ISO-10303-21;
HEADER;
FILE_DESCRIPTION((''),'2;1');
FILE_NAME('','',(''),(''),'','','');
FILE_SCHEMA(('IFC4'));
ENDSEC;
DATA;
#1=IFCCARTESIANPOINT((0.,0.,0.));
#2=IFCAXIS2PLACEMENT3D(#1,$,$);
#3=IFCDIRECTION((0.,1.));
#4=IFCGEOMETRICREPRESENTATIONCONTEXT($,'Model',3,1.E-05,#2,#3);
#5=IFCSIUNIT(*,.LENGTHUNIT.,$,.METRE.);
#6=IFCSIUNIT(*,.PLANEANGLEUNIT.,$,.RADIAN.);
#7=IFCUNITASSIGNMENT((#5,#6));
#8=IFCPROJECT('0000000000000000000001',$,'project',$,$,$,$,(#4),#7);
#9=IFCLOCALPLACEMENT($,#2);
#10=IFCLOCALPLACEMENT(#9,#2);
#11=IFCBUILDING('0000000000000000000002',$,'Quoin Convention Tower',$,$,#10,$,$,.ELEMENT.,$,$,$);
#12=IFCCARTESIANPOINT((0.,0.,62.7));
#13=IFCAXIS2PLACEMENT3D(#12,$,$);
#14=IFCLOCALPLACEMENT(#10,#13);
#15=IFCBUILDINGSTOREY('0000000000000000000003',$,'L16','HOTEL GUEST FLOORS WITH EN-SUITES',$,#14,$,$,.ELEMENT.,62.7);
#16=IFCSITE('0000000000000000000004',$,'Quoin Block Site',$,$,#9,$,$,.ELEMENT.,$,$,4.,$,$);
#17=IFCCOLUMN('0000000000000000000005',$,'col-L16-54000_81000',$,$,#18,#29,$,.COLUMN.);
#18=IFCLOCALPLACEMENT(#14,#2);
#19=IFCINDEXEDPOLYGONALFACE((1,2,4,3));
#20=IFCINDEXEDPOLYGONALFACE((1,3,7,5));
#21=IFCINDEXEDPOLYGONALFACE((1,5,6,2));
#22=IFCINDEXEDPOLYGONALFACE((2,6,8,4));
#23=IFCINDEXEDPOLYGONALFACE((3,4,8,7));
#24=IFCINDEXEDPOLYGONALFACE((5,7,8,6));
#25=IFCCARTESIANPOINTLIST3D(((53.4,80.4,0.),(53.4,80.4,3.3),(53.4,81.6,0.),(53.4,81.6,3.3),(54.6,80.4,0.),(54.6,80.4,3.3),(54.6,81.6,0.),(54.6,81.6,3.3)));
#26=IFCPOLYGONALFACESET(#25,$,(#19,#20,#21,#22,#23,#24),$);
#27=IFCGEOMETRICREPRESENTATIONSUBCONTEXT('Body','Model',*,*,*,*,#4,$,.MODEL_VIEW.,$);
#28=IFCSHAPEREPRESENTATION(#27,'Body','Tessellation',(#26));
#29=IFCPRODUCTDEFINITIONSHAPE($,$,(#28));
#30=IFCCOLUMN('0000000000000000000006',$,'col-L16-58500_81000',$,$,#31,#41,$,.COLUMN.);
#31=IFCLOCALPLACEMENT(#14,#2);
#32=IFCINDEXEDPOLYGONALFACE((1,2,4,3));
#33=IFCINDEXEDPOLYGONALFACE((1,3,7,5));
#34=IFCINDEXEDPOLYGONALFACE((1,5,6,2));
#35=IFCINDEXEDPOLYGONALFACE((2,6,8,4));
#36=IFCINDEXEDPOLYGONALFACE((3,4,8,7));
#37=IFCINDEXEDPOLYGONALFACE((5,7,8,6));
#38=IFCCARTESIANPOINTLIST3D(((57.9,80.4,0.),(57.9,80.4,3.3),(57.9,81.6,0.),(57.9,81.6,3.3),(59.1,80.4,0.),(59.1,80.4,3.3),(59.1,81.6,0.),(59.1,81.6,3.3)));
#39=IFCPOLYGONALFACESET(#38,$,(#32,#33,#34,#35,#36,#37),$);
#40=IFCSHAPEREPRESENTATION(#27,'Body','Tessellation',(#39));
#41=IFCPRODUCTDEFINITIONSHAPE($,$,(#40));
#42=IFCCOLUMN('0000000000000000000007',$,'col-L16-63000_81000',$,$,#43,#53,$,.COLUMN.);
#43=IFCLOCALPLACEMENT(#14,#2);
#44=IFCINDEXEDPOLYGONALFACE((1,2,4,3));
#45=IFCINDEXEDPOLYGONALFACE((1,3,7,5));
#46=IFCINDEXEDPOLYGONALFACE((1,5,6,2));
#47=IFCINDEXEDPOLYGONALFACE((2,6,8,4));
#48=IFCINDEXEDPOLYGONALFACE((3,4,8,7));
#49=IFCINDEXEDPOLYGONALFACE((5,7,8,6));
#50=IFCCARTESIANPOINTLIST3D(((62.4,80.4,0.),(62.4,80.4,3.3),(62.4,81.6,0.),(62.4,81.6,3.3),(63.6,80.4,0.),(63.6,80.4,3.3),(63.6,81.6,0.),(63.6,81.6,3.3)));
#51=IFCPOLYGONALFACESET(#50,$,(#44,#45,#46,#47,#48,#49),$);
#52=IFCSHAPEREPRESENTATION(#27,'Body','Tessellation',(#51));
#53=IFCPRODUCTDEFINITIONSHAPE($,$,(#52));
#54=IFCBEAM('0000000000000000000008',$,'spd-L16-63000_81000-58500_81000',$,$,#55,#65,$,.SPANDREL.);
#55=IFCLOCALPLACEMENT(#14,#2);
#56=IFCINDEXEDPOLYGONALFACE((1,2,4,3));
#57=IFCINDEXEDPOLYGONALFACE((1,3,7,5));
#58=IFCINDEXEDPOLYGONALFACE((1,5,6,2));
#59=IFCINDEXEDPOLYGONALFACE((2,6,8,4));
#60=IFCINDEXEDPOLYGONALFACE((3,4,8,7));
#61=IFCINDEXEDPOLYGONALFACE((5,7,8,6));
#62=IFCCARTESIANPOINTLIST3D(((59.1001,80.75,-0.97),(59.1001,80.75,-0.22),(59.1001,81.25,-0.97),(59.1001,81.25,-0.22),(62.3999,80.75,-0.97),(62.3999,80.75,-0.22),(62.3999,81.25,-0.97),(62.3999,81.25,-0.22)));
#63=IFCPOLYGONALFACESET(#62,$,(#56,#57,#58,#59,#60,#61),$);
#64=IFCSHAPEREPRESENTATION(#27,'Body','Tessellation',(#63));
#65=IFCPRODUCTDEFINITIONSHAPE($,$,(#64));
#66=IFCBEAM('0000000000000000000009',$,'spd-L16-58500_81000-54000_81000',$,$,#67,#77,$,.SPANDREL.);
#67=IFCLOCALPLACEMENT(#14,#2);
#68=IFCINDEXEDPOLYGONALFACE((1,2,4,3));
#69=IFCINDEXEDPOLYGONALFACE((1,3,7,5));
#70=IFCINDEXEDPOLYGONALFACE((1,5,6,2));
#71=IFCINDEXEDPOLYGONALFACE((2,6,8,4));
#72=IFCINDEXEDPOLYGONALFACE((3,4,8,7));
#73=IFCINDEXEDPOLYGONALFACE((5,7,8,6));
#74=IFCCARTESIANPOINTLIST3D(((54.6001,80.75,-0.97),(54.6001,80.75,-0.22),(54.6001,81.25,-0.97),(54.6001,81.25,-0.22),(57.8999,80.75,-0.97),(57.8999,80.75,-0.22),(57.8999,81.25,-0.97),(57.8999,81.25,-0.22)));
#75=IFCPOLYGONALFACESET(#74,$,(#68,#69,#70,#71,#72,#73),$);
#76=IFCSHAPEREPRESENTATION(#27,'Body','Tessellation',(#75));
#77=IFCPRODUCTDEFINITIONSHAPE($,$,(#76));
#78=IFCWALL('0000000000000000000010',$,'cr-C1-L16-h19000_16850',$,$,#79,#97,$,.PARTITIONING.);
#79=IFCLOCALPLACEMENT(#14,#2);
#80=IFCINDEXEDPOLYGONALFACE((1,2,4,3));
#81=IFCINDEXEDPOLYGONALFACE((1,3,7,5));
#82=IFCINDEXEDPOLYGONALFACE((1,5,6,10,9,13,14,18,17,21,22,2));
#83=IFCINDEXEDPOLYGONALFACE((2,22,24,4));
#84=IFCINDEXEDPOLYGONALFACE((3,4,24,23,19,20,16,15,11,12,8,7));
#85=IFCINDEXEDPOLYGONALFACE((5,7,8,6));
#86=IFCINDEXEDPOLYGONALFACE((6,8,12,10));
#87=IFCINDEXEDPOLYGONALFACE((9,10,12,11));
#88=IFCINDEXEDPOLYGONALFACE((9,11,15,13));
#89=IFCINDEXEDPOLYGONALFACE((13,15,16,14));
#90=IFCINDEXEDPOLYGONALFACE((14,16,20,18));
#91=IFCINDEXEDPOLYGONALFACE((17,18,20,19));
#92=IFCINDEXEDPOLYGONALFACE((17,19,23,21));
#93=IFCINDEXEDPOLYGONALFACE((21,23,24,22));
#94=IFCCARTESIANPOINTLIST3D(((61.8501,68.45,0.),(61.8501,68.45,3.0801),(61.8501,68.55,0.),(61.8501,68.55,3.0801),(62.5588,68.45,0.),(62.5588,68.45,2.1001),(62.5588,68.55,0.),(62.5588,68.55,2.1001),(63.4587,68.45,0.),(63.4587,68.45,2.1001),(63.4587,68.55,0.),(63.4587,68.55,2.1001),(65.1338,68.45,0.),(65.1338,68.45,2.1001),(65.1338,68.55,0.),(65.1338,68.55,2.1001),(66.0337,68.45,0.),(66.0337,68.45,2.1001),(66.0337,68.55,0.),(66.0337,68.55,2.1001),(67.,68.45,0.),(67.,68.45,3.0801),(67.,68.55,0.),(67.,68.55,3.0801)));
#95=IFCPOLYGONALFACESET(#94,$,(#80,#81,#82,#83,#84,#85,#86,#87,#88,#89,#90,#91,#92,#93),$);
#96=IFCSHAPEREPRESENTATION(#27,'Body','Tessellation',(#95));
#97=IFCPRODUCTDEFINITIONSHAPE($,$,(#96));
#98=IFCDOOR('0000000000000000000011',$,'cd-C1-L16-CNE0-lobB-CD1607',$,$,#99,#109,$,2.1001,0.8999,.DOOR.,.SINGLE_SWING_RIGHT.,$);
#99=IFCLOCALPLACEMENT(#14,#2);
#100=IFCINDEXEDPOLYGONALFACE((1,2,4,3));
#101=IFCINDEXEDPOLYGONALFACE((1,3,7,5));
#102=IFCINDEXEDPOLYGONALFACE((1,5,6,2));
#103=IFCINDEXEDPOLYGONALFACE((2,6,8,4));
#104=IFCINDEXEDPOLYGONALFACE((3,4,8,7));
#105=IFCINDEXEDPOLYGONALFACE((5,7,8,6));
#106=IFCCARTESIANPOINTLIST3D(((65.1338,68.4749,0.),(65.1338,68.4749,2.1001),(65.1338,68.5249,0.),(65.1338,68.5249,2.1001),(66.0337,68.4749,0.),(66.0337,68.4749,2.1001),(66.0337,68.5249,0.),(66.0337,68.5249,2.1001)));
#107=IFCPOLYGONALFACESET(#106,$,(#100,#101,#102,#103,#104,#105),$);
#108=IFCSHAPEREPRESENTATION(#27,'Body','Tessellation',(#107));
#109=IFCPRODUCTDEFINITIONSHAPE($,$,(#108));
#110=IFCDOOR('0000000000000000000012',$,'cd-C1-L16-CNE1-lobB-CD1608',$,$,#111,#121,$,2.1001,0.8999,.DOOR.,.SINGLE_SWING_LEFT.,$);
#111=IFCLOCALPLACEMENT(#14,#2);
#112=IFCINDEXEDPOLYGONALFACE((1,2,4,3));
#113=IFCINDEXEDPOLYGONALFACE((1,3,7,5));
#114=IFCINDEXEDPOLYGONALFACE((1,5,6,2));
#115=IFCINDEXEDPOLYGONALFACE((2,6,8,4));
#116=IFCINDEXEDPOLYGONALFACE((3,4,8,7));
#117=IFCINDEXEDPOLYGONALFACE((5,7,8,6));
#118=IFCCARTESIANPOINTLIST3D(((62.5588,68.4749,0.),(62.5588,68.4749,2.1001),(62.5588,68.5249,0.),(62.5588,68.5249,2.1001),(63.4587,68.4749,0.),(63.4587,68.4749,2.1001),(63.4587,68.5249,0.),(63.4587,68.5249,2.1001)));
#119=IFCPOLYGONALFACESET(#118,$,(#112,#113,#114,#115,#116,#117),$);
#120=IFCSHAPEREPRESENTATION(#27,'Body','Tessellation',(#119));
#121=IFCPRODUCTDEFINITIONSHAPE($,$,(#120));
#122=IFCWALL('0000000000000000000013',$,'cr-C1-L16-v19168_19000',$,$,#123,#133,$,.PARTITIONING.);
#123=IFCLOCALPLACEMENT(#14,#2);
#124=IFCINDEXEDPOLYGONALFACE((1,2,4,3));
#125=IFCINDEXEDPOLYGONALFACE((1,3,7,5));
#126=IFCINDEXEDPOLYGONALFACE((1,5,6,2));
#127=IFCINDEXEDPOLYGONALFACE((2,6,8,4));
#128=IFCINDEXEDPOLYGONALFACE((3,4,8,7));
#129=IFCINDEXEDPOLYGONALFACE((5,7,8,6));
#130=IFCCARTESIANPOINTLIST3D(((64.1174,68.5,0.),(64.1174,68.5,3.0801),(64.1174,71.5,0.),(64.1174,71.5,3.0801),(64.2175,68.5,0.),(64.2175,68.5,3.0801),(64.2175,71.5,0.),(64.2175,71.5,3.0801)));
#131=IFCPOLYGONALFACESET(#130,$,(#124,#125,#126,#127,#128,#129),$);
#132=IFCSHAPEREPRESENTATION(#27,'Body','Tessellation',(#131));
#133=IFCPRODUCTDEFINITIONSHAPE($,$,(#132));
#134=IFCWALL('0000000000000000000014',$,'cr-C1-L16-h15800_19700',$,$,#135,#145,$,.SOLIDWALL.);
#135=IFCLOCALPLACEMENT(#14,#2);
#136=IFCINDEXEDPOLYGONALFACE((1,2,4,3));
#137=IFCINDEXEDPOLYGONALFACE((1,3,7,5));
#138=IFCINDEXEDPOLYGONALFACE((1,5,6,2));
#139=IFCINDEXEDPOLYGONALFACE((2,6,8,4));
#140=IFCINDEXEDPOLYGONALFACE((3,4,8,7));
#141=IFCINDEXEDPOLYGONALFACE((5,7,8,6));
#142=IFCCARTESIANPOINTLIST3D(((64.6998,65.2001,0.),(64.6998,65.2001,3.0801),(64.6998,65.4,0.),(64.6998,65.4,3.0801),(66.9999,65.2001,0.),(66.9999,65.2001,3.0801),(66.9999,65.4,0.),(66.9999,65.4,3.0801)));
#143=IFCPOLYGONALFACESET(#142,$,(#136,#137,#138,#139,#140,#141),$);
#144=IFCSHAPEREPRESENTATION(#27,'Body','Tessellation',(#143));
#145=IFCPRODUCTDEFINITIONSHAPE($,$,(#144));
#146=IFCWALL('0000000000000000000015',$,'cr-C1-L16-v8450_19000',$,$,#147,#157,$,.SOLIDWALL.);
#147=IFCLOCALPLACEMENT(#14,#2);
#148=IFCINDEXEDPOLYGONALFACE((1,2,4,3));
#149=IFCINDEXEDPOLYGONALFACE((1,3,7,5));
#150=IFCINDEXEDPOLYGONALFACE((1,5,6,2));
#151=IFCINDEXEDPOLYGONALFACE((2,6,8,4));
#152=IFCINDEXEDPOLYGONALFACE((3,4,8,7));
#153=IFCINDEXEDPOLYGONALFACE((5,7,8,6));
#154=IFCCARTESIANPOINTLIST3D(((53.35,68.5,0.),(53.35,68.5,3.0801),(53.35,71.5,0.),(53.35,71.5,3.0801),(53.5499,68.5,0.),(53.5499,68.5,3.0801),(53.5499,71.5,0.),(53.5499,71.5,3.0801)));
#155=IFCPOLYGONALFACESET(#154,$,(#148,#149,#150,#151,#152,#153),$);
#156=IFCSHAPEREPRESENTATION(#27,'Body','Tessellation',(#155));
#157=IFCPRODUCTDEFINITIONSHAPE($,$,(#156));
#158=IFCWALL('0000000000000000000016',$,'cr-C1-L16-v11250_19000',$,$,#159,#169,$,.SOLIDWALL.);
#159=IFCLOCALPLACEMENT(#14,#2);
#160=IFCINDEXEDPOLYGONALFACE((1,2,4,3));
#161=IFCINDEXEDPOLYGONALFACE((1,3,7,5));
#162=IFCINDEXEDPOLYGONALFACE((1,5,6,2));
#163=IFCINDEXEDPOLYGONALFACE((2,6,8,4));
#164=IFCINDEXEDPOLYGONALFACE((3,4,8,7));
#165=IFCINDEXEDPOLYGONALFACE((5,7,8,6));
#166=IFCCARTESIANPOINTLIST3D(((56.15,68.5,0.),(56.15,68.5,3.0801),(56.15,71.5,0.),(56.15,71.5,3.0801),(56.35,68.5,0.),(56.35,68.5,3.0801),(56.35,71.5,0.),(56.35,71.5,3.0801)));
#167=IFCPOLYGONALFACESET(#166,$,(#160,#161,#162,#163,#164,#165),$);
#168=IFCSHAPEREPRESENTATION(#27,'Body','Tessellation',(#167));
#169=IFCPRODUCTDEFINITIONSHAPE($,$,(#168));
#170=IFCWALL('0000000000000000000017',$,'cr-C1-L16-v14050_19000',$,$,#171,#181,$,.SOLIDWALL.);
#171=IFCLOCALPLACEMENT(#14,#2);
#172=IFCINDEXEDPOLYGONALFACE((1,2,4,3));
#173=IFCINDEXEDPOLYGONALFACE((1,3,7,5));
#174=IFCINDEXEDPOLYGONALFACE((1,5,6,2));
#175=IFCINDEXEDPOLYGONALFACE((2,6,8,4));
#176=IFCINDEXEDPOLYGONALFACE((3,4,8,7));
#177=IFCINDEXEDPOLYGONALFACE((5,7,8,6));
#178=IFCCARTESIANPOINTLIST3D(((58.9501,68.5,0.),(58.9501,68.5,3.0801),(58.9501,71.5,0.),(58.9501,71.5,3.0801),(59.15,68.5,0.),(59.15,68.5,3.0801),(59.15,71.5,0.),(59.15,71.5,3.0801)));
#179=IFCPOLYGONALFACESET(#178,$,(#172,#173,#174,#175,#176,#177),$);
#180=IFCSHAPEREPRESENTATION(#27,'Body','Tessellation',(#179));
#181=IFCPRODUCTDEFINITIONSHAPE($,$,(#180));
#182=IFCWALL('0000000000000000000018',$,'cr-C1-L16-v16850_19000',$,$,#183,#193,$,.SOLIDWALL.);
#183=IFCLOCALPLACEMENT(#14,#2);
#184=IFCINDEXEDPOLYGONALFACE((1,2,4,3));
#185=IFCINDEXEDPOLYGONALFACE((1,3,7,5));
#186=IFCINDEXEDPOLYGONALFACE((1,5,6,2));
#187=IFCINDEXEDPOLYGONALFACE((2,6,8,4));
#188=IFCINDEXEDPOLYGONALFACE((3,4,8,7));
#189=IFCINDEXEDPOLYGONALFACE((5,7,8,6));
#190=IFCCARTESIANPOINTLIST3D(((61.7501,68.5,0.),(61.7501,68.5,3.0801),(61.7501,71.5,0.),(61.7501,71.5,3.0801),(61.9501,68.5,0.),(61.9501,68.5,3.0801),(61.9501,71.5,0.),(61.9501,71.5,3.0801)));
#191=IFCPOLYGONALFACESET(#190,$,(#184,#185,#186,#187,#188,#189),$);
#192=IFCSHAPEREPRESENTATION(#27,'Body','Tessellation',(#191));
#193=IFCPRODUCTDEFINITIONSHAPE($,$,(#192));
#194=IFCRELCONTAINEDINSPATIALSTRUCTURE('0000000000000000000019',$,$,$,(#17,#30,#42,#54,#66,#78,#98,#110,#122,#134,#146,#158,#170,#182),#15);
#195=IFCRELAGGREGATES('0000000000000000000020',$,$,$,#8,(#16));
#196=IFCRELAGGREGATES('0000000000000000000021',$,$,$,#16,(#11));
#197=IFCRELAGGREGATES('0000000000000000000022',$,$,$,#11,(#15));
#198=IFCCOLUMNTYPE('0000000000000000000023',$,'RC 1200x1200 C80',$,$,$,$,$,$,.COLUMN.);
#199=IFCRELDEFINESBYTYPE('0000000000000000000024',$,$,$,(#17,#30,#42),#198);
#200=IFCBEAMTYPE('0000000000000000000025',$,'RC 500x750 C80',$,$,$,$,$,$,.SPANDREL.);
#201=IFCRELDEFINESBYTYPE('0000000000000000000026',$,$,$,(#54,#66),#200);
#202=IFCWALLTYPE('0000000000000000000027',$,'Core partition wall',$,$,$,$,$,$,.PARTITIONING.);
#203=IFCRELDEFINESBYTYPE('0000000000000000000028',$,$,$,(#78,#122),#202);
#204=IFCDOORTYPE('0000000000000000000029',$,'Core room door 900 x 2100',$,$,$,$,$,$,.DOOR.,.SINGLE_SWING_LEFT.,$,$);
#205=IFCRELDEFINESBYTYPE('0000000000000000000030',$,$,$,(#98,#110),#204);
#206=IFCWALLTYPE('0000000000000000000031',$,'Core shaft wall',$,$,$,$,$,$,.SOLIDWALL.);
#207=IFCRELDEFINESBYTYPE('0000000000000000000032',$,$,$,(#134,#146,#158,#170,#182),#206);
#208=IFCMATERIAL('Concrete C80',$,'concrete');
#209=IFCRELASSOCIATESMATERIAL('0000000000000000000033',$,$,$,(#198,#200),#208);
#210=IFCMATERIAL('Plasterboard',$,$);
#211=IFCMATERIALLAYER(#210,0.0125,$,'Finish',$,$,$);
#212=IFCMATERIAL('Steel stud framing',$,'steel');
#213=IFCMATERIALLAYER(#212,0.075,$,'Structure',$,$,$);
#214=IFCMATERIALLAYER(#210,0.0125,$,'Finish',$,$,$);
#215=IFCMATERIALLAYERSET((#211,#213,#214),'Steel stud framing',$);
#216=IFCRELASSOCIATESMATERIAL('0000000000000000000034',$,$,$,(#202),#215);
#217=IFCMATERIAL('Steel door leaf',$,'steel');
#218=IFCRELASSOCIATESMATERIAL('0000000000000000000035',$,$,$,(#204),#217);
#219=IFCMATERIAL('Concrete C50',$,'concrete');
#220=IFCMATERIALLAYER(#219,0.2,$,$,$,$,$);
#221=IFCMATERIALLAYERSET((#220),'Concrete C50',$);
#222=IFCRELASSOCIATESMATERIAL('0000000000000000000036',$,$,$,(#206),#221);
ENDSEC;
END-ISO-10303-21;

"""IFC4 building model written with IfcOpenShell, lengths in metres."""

from ifc_helpers import new_model, si_unit, direction, frame, frame_2d, origin, origin_2d, place, context, subcontext, project, spatial, rectangle, extrude, material, layer, layer_set, material_profile, profile_set, type_object, element, fill, save


model = new_model("IFC4")

# Units and contexts
model_context = context("Model", 3, precision=1e-05, world=origin(), true_north=direction((0.0, 1.0)))
body_context = subcontext(model_context, "Body", "Model", "MODEL_VIEW")
ifc_project = project(units=[si_unit("LENGTHUNIT", "METRE"), si_unit("PLANEANGLEUNIT", "RADIAN")], contexts=[model_context])

# Site, building, storey
site_placement = place(None, origin())
site = spatial("IfcSite", under=ifc_project, at=site_placement, Name="Quoin Block Site", CompositionType="ELEMENT", RefElevation=4.0)
building_placement = place(site_placement, origin())
building = spatial("IfcBuilding", under=site, at=building_placement, Name="Quoin Convention Tower", CompositionType="ELEMENT")
storey_placement = place(building_placement, frame((0.0, 0.0, 62.7)))
storey = spatial("IfcBuildingStorey", under=building, at=storey_placement, Name="L16", Description="HOTEL GUEST FLOORS WITH EN-SUITES", CompositionType="ELEMENT", Elevation=62.7)

# Columns
ifc_material_1 = material(Name="Concrete C80", Category="concrete")
ifc_material_profile_1 = material_profile(ifc_material_1, rectangle(XDim=1.2, YDim=1.2, at=origin_2d()), Name="RC 1200x1200")
ifc_profile_set_1 = profile_set([ifc_material_profile_1], Name="Concrete C80")
column_type = type_object("IfcColumnType", Name="RC 1200x1200 C80", PredefinedType="COLUMN", material=ifc_profile_set_1)
for number, where, z_axis, x_axis, name in (
    (1, (54.0, 81.0, 0.0), (0.0, 0.0, 1.0), (1.0, 0.0, 0.0), "col-L16-54000_81000"),
    (2, (58.5, 81.0, 0.0), (0.0, 0.0, 1.0), (1.0, 0.0, 0.0), "col-L16-58500_81000"),
    (3, (63.0, 81.0, 0.0), (0.0, 0.0, 1.0), (1.0, 0.0, 0.0), "col-L16-63000_81000"),
):
    element("IfcColumn", number, at=place(storey_placement, frame(where, z_axis=z_axis, x_axis=x_axis)), inside=storey, type_object=column_type, Name=name, PredefinedType="COLUMN", context=body_context, shape_type="SweptSolid", body=[
        extrude(rectangle(XDim=1.2, YDim=1.2, at=origin_2d()), origin(), (0.0, 0.0, 1.0), 3.3),
    ])

# Beams
ifc_material_profile_2 = material_profile(ifc_material_1, rectangle(XDim=0.5, YDim=0.75, at=origin_2d()), Name="RC 500x750")
ifc_profile_set_2 = profile_set([ifc_material_profile_2], Name="Concrete C80")
beam_type = type_object("IfcBeamType", Name="RC 500x750 C80", PredefinedType="SPANDREL", material=ifc_profile_set_2)
for number, where, z_axis, x_axis, name in (
    (4, (62.3999, 81.0, -0.595), (-1.0, 0.0, 0.0), (0.0, -1.0, 0.0), "spd-L16-63000_81000-58500_81000"),
    (5, (57.8999, 81.0, -0.595), (-1.0, 0.0, 0.0), (0.0, -1.0, 0.0), "spd-L16-58500_81000-54000_81000"),
):
    element("IfcBeam", number, at=place(storey_placement, frame(where, z_axis=z_axis, x_axis=x_axis)), inside=storey, type_object=beam_type, Name=name, PredefinedType="SPANDREL", context=body_context, shape_type="SweptSolid", body=[
        extrude(rectangle(XDim=0.5, YDim=0.75, at=origin_2d()), origin(), (0.0, 0.0, 1.0), 3.2998),
    ])

# Wall, openings, doors
ifc_material_2 = material(Name="Plasterboard")
ifc_layer_1 = layer(ifc_material_2, 0.0125, Name="Finish")
ifc_material_3 = material(Name="Steel stud framing", Category="steel")
ifc_layer_2 = layer(ifc_material_3, 0.075, Name="Structure")
ifc_layer_3 = layer(ifc_material_2, 0.0125, Name="Finish")
ifc_layer_set_1 = layer_set([ifc_layer_1, ifc_layer_2, ifc_layer_3], Name="Steel stud framing")
wall_type_1 = type_object("IfcWallType", Name="Core partition wall", PredefinedType="PARTITIONING", material=ifc_layer_set_1)
wall_1_placement = place(storey_placement, frame((61.8501, 68.5, 0.0), z_axis=(0.0, 0.0, 1.0), x_axis=(1.0, 0.0, 0.0)))
wall_1 = element("IfcWall", 6, at=wall_1_placement, inside=storey, type_object=wall_type_1, Name="cr-C1-L16-h19000_16850", PredefinedType="PARTITIONING", context=body_context, shape_type="SweptSolid", body=[
    extrude(rectangle(XDim=5.1499, YDim=0.1001, at=frame_2d((2.575, 0.0))), origin(), (0.0, 0.0, 1.0), 3.0801),
])
opening_1_placement = place(wall_1_placement, frame((3.2837, 0.0, 0.0)))
opening_1 = element("IfcOpeningElement", 7, at=opening_1_placement, cuts=wall_1, PredefinedType="OPENING", context=body_context, shape_type="SweptSolid", body=[
    extrude(rectangle(XDim=0.8999, YDim=2.1001, at=frame_2d((0.45, 1.05))), frame((0.0, 0.0601, 0.0), z_axis=(0.0, -1.0, 0.0), x_axis=(1.0, 0.0, 0.0)), (0.0, 0.0, 1.0), 0.1201),
])
opening_2_placement = place(wall_1_placement, frame((0.7087, 0.0, 0.0)))
opening_2 = element("IfcOpeningElement", 8, at=opening_2_placement, cuts=wall_1, PredefinedType="OPENING", context=body_context, shape_type="SweptSolid", body=[
    extrude(rectangle(XDim=0.8999, YDim=2.1001, at=frame_2d((0.45, 1.05))), frame((0.0, 0.0601, 0.0), z_axis=(0.0, -1.0, 0.0), x_axis=(1.0, 0.0, 0.0)), (0.0, 0.0, 1.0), 0.1201),
])
ifc_material_4 = material(Name="Steel door leaf", Category="steel")
door_type_1 = type_object("IfcDoorType", Name="Core room door 900 x 2100", OperationType="SINGLE_SWING_LEFT", PredefinedType="DOOR", material=ifc_material_4)
door_1_placement = place(opening_1_placement, origin())
door_1 = element("IfcDoor", 9, at=door_1_placement, inside=storey, type_object=door_type_1, Name="cd-C1-L16-CNE0-lobB-CD1607", OperationType="SINGLE_SWING_RIGHT", OverallHeight=2.1001, OverallWidth=0.8999, PredefinedType="DOOR", context=body_context, shape_type="SweptSolid", body=[
    extrude(rectangle(XDim=0.8999, YDim=2.1001, at=frame_2d((0.45, 1.05))), frame((0.0, 0.0249, 0.0), z_axis=(0.0, -1.0, 0.0), x_axis=(1.0, 0.0, 0.0)), (0.0, 0.0, 1.0), 0.05),
])
fill(opening_1, door_1)
door_2_placement = place(opening_2_placement, origin())
door_2 = element("IfcDoor", 10, at=door_2_placement, inside=storey, type_object=door_type_1, Name="cd-C1-L16-CNE1-lobB-CD1608", OperationType="SINGLE_SWING_LEFT", OverallHeight=2.1001, OverallWidth=0.8999, PredefinedType="DOOR", context=body_context, shape_type="SweptSolid", body=[
    extrude(rectangle(XDim=0.8999, YDim=2.1001, at=frame_2d((0.45, 1.05))), frame((0.0, 0.0249, 0.0), z_axis=(0.0, -1.0, 0.0), x_axis=(1.0, 0.0, 0.0)), (0.0, 0.0, 1.0), 0.05),
])
fill(opening_2, door_2)

# Walls
wall_2_placement = place(storey_placement, frame((64.1675, 68.5, 0.0), z_axis=(0.0, 0.0, 1.0), x_axis=(0.0, 1.0, 0.0)))
element("IfcWall", 11, at=wall_2_placement, inside=storey, type_object=wall_type_1, Name="cr-C1-L16-v19168_19000", PredefinedType="PARTITIONING", context=body_context, shape_type="SweptSolid", body=[
    extrude(rectangle(XDim=3.0, YDim=0.1001, at=frame_2d((1.5, 0.0))), origin(), (0.0, 0.0, 1.0), 3.0801),
])
ifc_material_5 = material(Name="Concrete C50", Category="concrete")
ifc_layer_4 = layer(ifc_material_5, 0.2)
ifc_layer_set_2 = layer_set([ifc_layer_4], Name="Concrete C50")
wall_type_2 = type_object("IfcWallType", Name="Core shaft wall", PredefinedType="SOLIDWALL", material=ifc_layer_set_2)
wall_3_placement = place(storey_placement, frame((64.7, 65.3, 0.0), z_axis=(0.0, 0.0, 1.0), x_axis=(1.0, 0.0, 0.0)))
element("IfcWall", 12, at=wall_3_placement, inside=storey, type_object=wall_type_2, Name="cr-C1-L16-h15800_19700", PredefinedType="SOLIDWALL", context=body_context, shape_type="SweptSolid", body=[
    extrude(rectangle(XDim=2.3, YDim=0.2, at=frame_2d((1.1499, 0.0))), origin(), (0.0, 0.0, 1.0), 3.0801),
])
for number, where, z_axis, x_axis, name in (
    (13, (53.45, 68.5, 0.0), (0.0, 0.0, 1.0), (0.0, 1.0, 0.0), "cr-C1-L16-v8450_19000"),
    (14, (56.25, 68.5, 0.0), (0.0, 0.0, 1.0), (0.0, 1.0, 0.0), "cr-C1-L16-v11250_19000"),
    (15, (59.05, 68.5, 0.0), (0.0, 0.0, 1.0), (0.0, 1.0, 0.0), "cr-C1-L16-v14050_19000"),
    (16, (61.8501, 68.5, 0.0), (0.0, 0.0, 1.0), (0.0, 1.0, 0.0), "cr-C1-L16-v16850_19000"),
):
    element("IfcWall", number, at=place(storey_placement, frame(where, z_axis=z_axis, x_axis=x_axis)), inside=storey, type_object=wall_type_2, Name=name, PredefinedType="SOLIDWALL", context=body_context, shape_type="SweptSolid", body=[
        extrude(rectangle(XDim=3.0, YDim=0.2, at=frame_2d((1.5, 0.0))), origin(), (0.0, 0.0, 1.0), 3.0801),
    ])

save(model, "model.ifc")
